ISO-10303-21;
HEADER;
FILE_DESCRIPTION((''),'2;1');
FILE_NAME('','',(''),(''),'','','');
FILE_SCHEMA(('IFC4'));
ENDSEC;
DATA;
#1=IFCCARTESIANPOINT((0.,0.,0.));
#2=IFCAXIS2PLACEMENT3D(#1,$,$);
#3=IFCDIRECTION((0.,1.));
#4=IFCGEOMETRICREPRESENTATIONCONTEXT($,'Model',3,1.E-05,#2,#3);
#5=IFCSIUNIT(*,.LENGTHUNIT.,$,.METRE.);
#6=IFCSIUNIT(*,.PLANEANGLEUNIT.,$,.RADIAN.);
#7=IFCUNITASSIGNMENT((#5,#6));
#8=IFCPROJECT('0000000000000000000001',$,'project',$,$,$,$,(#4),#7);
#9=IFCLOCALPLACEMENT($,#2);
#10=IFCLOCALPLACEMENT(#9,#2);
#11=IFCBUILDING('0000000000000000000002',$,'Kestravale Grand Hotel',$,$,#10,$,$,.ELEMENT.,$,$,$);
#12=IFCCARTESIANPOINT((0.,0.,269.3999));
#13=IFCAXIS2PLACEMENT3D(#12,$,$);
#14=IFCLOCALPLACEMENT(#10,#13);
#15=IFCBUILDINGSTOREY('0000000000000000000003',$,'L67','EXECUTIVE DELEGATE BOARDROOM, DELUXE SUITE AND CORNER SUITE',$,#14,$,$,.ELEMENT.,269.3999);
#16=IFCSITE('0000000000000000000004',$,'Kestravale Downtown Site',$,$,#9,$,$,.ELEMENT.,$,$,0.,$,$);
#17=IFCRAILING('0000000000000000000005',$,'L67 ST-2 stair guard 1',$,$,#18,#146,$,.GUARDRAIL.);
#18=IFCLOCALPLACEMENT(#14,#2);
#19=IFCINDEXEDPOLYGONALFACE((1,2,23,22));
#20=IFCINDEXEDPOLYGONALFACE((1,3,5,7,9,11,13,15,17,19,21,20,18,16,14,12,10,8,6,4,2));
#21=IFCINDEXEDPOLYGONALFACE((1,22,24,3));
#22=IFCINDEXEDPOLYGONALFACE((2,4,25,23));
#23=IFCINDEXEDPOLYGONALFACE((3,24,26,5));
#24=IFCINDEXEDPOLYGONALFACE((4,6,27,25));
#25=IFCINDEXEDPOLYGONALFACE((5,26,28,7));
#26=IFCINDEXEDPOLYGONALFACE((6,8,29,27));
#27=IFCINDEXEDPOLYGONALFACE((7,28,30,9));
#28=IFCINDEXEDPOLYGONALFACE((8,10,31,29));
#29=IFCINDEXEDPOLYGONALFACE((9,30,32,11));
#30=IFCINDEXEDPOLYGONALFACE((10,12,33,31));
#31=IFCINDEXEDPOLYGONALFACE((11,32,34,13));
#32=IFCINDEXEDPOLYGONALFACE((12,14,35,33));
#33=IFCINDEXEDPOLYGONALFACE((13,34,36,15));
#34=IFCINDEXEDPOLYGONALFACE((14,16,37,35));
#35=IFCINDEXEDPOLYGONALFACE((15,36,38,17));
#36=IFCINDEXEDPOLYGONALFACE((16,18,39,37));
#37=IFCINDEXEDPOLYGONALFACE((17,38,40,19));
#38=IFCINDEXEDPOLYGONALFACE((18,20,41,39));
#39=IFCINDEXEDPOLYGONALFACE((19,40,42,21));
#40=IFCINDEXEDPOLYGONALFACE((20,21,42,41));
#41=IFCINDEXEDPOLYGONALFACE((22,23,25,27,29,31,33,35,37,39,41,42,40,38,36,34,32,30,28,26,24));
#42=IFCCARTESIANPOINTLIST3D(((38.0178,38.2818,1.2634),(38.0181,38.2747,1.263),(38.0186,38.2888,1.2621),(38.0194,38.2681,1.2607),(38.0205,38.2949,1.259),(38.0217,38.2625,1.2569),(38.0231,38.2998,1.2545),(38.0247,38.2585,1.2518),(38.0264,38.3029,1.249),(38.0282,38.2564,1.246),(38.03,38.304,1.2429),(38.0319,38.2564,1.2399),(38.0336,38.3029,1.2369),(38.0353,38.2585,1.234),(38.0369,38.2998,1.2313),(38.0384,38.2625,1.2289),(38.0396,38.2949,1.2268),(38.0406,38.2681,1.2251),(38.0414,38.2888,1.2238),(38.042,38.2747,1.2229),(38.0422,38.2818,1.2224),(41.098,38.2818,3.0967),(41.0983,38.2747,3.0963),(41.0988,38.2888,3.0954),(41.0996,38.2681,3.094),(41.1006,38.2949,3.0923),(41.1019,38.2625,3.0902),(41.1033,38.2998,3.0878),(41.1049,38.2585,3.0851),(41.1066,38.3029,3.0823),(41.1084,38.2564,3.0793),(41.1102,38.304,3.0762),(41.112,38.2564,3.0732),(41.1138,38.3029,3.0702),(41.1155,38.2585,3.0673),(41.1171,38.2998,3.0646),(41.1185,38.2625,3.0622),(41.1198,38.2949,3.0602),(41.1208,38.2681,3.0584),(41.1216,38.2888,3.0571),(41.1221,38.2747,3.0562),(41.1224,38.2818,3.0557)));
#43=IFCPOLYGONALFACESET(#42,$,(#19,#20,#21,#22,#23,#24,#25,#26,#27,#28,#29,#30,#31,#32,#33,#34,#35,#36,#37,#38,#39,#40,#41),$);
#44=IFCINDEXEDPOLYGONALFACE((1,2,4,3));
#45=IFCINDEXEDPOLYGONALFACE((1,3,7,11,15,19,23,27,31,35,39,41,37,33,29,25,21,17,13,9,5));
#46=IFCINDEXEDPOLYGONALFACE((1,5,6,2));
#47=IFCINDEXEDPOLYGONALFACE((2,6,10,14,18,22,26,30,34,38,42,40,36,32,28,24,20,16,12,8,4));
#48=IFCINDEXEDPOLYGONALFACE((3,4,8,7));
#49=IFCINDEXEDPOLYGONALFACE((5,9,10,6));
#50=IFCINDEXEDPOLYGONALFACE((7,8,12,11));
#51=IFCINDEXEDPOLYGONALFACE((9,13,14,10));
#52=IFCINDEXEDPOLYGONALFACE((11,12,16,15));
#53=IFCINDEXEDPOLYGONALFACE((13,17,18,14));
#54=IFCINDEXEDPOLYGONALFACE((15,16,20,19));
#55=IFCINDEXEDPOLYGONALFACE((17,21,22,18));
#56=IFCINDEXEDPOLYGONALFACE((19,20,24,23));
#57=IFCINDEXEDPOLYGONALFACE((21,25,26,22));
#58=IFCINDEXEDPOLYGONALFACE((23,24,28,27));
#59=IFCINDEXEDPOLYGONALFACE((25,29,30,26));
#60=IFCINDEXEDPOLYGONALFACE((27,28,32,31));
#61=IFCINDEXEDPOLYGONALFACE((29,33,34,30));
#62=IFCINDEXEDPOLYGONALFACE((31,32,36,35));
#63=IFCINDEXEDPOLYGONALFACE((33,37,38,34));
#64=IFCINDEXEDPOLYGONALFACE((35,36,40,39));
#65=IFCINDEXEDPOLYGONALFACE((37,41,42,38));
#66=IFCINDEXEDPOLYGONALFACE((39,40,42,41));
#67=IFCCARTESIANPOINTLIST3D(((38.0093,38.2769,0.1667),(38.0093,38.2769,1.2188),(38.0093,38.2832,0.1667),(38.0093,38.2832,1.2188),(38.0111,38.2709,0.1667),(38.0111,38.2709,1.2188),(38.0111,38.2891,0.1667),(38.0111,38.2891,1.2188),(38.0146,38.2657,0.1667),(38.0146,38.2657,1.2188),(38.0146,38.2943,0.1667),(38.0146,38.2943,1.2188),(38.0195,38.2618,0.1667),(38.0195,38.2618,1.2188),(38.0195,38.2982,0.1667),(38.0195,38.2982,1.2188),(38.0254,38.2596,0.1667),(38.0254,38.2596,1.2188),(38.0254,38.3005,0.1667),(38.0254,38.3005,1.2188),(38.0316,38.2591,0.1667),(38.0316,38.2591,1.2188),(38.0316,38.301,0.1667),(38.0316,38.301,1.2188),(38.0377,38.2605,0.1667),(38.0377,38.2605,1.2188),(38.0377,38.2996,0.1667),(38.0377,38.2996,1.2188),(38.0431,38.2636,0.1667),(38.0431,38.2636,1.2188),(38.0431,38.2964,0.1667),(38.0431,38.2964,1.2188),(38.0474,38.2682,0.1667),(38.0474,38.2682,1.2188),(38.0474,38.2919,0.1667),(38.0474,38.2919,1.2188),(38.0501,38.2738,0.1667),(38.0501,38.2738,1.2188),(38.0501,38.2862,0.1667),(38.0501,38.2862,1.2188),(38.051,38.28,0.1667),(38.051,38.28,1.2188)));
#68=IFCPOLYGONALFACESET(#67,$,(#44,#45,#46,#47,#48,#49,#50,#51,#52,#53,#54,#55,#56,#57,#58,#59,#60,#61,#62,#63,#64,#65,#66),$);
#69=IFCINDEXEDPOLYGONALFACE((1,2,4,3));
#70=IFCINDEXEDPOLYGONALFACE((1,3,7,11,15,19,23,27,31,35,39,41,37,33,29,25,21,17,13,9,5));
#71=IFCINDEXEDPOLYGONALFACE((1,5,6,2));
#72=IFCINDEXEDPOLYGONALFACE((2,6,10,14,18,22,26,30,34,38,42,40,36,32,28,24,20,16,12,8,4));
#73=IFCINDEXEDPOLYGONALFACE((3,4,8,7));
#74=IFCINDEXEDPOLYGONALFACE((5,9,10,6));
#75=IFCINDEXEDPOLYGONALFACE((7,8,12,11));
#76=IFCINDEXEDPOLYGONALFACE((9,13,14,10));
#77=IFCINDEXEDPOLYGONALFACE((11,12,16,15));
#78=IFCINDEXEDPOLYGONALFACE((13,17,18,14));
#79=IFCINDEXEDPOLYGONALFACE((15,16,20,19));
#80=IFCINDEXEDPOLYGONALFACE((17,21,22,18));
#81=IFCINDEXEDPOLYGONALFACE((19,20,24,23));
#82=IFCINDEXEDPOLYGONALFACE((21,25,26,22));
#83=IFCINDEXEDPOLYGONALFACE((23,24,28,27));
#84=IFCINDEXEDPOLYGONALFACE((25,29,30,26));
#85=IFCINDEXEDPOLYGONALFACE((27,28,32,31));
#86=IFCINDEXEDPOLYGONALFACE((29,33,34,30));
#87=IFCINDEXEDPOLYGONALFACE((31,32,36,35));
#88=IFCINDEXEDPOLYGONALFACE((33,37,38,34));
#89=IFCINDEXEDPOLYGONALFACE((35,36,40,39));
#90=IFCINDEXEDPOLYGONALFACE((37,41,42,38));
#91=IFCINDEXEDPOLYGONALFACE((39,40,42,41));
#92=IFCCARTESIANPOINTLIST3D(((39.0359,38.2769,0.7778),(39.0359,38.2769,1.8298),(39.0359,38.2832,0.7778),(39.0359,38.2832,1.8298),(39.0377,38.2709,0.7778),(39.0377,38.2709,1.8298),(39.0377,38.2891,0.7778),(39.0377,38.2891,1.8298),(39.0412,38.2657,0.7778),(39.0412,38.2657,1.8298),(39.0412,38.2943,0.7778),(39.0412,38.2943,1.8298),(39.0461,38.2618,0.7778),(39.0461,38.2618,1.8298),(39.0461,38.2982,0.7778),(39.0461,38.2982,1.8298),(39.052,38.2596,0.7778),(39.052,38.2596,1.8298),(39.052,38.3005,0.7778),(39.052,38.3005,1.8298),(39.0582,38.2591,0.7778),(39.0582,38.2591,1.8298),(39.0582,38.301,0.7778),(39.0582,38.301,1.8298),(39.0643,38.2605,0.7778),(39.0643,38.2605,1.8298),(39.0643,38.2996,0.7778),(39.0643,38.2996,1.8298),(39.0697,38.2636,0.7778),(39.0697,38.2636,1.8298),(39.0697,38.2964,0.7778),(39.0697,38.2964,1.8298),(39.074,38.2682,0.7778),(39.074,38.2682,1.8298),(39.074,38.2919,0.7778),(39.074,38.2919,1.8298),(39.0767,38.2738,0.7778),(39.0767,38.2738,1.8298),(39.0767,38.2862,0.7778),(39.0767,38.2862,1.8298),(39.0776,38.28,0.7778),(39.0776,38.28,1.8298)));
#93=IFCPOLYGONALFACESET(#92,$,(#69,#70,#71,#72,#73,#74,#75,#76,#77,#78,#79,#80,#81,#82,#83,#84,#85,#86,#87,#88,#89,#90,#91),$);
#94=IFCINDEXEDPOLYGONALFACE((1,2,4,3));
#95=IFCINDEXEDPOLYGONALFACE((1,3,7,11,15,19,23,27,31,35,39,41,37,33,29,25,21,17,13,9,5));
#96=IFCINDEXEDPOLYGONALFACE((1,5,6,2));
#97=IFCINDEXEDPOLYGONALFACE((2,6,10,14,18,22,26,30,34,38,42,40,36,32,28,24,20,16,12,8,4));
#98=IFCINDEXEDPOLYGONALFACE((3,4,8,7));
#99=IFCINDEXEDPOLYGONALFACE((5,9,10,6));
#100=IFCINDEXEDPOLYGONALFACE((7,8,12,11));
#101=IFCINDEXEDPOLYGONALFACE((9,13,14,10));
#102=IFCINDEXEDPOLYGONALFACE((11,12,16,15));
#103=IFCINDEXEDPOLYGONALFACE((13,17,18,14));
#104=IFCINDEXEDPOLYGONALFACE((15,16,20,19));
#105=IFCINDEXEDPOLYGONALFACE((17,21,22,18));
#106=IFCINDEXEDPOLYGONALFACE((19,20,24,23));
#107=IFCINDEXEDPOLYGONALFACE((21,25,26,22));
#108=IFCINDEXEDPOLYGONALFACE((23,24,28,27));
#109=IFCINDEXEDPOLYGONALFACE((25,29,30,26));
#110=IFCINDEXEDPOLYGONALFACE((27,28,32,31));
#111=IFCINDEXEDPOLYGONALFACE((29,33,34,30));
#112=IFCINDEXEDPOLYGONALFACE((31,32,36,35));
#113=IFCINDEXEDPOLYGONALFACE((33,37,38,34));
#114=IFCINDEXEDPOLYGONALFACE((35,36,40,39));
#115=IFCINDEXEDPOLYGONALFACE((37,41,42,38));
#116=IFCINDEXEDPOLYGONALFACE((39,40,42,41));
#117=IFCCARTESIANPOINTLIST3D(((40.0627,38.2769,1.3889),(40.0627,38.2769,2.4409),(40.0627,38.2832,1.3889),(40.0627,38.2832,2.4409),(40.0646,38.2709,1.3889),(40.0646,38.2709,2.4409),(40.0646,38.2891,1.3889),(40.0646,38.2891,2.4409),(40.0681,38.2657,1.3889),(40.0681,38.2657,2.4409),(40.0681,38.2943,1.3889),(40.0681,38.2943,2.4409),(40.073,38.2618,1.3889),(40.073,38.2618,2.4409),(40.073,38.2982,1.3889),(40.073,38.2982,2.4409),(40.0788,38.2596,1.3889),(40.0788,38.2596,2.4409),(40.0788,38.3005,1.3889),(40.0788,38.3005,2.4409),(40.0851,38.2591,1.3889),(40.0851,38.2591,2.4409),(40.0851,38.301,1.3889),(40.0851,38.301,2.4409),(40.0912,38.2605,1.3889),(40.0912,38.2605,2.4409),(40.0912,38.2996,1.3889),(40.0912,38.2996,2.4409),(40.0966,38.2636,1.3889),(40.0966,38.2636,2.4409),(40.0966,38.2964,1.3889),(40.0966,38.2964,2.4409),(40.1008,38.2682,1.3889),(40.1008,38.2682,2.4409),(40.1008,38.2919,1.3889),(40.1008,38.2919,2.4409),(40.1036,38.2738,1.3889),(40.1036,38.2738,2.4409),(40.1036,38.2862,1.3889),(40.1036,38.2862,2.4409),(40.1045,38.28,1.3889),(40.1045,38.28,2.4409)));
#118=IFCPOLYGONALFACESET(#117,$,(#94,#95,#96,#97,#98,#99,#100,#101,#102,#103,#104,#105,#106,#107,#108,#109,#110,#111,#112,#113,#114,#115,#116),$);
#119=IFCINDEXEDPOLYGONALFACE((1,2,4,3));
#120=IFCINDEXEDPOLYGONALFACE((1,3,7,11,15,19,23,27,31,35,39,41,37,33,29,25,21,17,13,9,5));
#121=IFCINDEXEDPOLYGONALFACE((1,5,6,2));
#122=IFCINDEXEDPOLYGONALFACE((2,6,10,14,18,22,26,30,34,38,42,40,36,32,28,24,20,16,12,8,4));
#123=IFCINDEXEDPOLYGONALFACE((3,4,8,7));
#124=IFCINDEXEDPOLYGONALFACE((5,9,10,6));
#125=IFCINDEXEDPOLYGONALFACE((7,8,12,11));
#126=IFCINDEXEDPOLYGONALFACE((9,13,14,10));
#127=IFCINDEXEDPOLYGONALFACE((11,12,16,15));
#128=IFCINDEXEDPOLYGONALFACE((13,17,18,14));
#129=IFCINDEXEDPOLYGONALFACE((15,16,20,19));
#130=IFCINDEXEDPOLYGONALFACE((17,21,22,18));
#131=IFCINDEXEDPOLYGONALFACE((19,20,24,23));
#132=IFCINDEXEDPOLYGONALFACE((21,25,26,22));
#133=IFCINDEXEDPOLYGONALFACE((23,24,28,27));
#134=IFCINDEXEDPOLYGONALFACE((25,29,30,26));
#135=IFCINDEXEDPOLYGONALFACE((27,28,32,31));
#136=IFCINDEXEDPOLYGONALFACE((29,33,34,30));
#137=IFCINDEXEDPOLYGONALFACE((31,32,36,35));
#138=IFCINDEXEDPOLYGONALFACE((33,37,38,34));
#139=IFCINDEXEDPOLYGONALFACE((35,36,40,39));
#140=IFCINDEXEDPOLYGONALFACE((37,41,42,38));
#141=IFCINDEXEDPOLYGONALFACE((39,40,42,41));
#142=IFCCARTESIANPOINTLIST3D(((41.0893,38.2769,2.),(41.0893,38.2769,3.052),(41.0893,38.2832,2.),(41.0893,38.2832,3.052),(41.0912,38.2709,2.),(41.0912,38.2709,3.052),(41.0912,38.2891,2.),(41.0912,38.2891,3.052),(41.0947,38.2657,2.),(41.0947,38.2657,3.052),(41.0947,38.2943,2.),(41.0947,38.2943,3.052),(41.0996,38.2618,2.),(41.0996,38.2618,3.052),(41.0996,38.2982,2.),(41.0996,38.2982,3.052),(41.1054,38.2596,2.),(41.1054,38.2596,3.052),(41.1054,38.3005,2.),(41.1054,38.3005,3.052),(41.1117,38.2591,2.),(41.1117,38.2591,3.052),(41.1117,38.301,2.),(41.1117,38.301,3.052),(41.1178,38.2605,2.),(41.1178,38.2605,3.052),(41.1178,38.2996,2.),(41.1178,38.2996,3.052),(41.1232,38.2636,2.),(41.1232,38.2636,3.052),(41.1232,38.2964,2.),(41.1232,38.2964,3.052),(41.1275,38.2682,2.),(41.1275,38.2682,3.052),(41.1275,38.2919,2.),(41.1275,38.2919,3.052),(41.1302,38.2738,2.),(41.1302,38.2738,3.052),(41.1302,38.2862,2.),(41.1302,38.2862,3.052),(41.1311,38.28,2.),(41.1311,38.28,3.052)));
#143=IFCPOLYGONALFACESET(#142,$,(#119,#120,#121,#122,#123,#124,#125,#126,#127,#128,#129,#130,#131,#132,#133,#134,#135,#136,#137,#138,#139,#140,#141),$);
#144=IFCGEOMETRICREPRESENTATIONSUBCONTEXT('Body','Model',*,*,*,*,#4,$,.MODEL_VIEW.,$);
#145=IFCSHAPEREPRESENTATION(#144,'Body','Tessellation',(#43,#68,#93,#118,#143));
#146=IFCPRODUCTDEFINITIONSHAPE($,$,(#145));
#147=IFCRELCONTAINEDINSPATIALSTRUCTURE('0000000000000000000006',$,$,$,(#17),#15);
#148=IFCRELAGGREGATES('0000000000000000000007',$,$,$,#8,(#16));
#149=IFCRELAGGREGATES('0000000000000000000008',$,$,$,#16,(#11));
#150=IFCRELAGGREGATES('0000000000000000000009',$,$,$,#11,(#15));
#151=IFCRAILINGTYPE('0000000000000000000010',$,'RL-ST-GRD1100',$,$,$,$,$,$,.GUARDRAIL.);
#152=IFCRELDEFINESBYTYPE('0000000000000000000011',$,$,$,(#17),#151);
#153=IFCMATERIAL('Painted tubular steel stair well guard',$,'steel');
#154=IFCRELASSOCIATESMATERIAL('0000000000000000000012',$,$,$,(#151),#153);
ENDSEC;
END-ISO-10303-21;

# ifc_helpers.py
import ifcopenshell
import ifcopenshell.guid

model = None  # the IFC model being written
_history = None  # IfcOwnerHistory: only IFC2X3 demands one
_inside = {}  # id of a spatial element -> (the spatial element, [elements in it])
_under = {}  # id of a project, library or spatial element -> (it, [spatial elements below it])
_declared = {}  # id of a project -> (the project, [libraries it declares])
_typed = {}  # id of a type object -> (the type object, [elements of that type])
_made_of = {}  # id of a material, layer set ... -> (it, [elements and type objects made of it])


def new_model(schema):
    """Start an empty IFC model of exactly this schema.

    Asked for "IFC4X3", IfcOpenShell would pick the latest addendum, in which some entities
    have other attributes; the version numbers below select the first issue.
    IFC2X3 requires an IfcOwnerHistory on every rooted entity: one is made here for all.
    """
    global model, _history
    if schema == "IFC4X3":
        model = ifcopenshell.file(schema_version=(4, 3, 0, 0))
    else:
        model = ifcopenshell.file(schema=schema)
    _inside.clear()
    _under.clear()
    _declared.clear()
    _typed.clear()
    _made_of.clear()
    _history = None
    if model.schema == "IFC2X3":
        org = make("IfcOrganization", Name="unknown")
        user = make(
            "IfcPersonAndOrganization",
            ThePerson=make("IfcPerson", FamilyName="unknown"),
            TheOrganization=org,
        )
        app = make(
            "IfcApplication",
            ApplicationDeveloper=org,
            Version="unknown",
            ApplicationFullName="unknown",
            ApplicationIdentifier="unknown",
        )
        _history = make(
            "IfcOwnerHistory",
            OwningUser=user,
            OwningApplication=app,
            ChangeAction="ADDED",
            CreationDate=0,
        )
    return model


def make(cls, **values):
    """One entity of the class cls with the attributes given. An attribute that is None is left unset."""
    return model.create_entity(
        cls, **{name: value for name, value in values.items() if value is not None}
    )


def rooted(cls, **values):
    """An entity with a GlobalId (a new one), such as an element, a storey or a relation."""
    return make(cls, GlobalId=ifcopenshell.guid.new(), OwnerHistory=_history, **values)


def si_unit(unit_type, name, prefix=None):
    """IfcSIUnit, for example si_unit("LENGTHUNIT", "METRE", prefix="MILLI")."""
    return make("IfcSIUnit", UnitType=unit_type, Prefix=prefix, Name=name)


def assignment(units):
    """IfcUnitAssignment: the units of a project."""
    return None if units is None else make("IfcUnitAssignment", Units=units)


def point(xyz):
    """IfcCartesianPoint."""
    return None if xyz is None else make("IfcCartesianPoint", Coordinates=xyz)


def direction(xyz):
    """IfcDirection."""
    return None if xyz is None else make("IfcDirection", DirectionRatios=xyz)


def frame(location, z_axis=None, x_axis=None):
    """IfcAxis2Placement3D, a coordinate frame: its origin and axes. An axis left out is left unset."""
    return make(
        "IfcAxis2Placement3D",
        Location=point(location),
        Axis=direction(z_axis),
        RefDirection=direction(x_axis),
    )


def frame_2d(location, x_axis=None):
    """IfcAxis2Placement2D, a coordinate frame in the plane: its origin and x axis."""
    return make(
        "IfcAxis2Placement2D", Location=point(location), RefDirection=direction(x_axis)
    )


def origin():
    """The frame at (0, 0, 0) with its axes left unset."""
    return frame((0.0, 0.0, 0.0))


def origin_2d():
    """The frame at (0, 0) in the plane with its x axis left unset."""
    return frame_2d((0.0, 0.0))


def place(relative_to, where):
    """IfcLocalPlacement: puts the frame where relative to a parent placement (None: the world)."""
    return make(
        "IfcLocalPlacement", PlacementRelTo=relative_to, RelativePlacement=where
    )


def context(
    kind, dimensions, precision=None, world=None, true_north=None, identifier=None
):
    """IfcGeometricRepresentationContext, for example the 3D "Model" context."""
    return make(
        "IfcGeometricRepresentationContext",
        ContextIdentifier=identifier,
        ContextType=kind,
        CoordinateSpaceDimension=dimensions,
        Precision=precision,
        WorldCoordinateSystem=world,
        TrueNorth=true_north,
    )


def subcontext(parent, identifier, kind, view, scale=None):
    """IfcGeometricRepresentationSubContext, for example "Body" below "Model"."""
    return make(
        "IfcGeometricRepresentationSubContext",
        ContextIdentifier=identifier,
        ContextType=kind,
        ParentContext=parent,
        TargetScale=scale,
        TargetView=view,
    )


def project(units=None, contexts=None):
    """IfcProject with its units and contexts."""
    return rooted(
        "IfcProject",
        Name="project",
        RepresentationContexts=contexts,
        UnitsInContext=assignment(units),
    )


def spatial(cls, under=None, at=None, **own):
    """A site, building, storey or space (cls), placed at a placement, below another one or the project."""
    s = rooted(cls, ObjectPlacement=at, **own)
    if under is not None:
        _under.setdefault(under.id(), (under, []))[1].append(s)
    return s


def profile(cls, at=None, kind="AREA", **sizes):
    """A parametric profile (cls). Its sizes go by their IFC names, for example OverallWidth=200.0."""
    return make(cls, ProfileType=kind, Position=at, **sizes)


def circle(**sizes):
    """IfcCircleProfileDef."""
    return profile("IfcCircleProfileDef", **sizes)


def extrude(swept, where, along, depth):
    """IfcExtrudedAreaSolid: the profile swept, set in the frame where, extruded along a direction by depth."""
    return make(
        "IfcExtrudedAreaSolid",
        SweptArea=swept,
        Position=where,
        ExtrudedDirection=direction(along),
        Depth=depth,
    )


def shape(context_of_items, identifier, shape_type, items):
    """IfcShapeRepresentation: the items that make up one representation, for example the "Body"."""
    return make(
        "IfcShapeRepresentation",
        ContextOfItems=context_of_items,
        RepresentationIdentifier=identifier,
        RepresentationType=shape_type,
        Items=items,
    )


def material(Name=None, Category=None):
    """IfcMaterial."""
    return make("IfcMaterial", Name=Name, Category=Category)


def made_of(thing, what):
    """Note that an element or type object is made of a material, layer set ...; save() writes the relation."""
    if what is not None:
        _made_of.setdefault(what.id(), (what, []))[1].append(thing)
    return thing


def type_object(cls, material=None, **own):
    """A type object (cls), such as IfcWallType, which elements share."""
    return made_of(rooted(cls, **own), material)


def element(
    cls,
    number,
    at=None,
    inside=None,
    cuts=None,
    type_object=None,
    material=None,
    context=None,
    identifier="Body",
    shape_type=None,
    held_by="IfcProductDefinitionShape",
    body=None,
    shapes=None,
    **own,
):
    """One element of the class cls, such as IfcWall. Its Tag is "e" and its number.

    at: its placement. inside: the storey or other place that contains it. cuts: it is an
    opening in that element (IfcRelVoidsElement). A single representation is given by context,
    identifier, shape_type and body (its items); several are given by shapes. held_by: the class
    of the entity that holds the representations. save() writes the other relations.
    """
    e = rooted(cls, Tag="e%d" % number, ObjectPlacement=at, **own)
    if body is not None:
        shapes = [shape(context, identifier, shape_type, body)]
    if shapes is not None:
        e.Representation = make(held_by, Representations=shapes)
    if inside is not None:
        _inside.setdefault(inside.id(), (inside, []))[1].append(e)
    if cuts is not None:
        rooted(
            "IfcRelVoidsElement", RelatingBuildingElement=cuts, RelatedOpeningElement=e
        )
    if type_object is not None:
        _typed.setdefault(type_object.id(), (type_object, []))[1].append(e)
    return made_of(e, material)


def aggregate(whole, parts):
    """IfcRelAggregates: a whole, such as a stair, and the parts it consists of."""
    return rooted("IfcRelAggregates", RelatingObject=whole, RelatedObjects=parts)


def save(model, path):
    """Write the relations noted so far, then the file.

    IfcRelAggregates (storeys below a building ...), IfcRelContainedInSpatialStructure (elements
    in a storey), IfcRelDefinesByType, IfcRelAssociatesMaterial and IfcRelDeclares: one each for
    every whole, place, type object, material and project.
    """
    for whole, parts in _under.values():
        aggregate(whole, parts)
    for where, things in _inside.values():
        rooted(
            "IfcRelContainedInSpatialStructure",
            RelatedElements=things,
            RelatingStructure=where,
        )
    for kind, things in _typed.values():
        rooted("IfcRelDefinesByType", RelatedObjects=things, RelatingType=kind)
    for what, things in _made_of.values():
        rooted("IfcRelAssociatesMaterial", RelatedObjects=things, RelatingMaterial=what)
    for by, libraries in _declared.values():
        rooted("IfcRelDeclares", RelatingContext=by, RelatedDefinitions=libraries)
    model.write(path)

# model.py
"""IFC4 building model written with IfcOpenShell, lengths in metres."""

from ifc_helpers import new_model, si_unit, direction, frame, origin, origin_2d, place, context, subcontext, project, spatial, circle, extrude, material, type_object, element, save


model = new_model("IFC4")

# Units and contexts
model_context = context("Model", 3, precision=1e-05, world=origin(), true_north=direction((0.0, 1.0)))
body_context = subcontext(model_context, "Body", "Model", "MODEL_VIEW")
ifc_project = project(units=[si_unit("LENGTHUNIT", "METRE"), si_unit("PLANEANGLEUNIT", "RADIAN")], contexts=[model_context])

# Site, building, storey
site_placement = place(None, origin())
site = spatial("IfcSite", under=ifc_project, at=site_placement, Name="Kestravale Downtown Site", CompositionType="ELEMENT", RefElevation=0.0)
building_placement = place(site_placement, origin())
building = spatial("IfcBuilding", under=site, at=building_placement, Name="Kestravale Grand Hotel", CompositionType="ELEMENT")
storey_placement = place(building_placement, frame((0.0, 0.0, 269.3999)))
storey = spatial("IfcBuildingStorey", under=building, at=storey_placement, Name="L67", Description="EXECUTIVE DELEGATE BOARDROOM, DELUXE SUITE AND CORNER SUITE", CompositionType="ELEMENT", Elevation=269.3999)

# Railing
ifc_material_1 = material(Name="Painted tubular steel stair well guard", Category="steel")
railing_type_1 = type_object("IfcRailingType", Name="RL-ST-GRD1100", PredefinedType="GUARDRAIL", material=ifc_material_1)
railing_1_placement = place(storey_placement, frame((38.03, 38.28, 0.1667)))
element("IfcRailing", 1, at=railing_1_placement, inside=storey, type_object=railing_type_1, Name="L67 ST-2 stair guard 1", PredefinedType="GUARDRAIL", context=body_context, shape_type="SweptSolid", body=[
    extrude(circle(Radius=0.0239, at=origin_2d()), frame((0.0, 0.0, 1.0762), z_axis=(0.859309, 0.0, 0.511458), x_axis=(0.0, 1.0, 0.0)), (0.0, 0.0, 1.0), 3.5845),
    extrude(circle(Radius=0.021, at=origin_2d()), origin(), (0.0, 0.0, 1.0), 1.052),
    extrude(circle(Radius=0.021, at=origin_2d()), frame((1.0266, 0.0, 0.6111)), (0.0, 0.0, 1.0), 1.052),
    extrude(circle(Radius=0.021, at=origin_2d()), frame((2.0535, 0.0, 1.2222)), (0.0, 0.0, 1.0), 1.052),
    extrude(circle(Radius=0.021, at=origin_2d()), frame((3.0801, 0.0, 1.8333)), (0.0, 0.0, 1.0), 1.052),
])

save(model, "model.ifc")
